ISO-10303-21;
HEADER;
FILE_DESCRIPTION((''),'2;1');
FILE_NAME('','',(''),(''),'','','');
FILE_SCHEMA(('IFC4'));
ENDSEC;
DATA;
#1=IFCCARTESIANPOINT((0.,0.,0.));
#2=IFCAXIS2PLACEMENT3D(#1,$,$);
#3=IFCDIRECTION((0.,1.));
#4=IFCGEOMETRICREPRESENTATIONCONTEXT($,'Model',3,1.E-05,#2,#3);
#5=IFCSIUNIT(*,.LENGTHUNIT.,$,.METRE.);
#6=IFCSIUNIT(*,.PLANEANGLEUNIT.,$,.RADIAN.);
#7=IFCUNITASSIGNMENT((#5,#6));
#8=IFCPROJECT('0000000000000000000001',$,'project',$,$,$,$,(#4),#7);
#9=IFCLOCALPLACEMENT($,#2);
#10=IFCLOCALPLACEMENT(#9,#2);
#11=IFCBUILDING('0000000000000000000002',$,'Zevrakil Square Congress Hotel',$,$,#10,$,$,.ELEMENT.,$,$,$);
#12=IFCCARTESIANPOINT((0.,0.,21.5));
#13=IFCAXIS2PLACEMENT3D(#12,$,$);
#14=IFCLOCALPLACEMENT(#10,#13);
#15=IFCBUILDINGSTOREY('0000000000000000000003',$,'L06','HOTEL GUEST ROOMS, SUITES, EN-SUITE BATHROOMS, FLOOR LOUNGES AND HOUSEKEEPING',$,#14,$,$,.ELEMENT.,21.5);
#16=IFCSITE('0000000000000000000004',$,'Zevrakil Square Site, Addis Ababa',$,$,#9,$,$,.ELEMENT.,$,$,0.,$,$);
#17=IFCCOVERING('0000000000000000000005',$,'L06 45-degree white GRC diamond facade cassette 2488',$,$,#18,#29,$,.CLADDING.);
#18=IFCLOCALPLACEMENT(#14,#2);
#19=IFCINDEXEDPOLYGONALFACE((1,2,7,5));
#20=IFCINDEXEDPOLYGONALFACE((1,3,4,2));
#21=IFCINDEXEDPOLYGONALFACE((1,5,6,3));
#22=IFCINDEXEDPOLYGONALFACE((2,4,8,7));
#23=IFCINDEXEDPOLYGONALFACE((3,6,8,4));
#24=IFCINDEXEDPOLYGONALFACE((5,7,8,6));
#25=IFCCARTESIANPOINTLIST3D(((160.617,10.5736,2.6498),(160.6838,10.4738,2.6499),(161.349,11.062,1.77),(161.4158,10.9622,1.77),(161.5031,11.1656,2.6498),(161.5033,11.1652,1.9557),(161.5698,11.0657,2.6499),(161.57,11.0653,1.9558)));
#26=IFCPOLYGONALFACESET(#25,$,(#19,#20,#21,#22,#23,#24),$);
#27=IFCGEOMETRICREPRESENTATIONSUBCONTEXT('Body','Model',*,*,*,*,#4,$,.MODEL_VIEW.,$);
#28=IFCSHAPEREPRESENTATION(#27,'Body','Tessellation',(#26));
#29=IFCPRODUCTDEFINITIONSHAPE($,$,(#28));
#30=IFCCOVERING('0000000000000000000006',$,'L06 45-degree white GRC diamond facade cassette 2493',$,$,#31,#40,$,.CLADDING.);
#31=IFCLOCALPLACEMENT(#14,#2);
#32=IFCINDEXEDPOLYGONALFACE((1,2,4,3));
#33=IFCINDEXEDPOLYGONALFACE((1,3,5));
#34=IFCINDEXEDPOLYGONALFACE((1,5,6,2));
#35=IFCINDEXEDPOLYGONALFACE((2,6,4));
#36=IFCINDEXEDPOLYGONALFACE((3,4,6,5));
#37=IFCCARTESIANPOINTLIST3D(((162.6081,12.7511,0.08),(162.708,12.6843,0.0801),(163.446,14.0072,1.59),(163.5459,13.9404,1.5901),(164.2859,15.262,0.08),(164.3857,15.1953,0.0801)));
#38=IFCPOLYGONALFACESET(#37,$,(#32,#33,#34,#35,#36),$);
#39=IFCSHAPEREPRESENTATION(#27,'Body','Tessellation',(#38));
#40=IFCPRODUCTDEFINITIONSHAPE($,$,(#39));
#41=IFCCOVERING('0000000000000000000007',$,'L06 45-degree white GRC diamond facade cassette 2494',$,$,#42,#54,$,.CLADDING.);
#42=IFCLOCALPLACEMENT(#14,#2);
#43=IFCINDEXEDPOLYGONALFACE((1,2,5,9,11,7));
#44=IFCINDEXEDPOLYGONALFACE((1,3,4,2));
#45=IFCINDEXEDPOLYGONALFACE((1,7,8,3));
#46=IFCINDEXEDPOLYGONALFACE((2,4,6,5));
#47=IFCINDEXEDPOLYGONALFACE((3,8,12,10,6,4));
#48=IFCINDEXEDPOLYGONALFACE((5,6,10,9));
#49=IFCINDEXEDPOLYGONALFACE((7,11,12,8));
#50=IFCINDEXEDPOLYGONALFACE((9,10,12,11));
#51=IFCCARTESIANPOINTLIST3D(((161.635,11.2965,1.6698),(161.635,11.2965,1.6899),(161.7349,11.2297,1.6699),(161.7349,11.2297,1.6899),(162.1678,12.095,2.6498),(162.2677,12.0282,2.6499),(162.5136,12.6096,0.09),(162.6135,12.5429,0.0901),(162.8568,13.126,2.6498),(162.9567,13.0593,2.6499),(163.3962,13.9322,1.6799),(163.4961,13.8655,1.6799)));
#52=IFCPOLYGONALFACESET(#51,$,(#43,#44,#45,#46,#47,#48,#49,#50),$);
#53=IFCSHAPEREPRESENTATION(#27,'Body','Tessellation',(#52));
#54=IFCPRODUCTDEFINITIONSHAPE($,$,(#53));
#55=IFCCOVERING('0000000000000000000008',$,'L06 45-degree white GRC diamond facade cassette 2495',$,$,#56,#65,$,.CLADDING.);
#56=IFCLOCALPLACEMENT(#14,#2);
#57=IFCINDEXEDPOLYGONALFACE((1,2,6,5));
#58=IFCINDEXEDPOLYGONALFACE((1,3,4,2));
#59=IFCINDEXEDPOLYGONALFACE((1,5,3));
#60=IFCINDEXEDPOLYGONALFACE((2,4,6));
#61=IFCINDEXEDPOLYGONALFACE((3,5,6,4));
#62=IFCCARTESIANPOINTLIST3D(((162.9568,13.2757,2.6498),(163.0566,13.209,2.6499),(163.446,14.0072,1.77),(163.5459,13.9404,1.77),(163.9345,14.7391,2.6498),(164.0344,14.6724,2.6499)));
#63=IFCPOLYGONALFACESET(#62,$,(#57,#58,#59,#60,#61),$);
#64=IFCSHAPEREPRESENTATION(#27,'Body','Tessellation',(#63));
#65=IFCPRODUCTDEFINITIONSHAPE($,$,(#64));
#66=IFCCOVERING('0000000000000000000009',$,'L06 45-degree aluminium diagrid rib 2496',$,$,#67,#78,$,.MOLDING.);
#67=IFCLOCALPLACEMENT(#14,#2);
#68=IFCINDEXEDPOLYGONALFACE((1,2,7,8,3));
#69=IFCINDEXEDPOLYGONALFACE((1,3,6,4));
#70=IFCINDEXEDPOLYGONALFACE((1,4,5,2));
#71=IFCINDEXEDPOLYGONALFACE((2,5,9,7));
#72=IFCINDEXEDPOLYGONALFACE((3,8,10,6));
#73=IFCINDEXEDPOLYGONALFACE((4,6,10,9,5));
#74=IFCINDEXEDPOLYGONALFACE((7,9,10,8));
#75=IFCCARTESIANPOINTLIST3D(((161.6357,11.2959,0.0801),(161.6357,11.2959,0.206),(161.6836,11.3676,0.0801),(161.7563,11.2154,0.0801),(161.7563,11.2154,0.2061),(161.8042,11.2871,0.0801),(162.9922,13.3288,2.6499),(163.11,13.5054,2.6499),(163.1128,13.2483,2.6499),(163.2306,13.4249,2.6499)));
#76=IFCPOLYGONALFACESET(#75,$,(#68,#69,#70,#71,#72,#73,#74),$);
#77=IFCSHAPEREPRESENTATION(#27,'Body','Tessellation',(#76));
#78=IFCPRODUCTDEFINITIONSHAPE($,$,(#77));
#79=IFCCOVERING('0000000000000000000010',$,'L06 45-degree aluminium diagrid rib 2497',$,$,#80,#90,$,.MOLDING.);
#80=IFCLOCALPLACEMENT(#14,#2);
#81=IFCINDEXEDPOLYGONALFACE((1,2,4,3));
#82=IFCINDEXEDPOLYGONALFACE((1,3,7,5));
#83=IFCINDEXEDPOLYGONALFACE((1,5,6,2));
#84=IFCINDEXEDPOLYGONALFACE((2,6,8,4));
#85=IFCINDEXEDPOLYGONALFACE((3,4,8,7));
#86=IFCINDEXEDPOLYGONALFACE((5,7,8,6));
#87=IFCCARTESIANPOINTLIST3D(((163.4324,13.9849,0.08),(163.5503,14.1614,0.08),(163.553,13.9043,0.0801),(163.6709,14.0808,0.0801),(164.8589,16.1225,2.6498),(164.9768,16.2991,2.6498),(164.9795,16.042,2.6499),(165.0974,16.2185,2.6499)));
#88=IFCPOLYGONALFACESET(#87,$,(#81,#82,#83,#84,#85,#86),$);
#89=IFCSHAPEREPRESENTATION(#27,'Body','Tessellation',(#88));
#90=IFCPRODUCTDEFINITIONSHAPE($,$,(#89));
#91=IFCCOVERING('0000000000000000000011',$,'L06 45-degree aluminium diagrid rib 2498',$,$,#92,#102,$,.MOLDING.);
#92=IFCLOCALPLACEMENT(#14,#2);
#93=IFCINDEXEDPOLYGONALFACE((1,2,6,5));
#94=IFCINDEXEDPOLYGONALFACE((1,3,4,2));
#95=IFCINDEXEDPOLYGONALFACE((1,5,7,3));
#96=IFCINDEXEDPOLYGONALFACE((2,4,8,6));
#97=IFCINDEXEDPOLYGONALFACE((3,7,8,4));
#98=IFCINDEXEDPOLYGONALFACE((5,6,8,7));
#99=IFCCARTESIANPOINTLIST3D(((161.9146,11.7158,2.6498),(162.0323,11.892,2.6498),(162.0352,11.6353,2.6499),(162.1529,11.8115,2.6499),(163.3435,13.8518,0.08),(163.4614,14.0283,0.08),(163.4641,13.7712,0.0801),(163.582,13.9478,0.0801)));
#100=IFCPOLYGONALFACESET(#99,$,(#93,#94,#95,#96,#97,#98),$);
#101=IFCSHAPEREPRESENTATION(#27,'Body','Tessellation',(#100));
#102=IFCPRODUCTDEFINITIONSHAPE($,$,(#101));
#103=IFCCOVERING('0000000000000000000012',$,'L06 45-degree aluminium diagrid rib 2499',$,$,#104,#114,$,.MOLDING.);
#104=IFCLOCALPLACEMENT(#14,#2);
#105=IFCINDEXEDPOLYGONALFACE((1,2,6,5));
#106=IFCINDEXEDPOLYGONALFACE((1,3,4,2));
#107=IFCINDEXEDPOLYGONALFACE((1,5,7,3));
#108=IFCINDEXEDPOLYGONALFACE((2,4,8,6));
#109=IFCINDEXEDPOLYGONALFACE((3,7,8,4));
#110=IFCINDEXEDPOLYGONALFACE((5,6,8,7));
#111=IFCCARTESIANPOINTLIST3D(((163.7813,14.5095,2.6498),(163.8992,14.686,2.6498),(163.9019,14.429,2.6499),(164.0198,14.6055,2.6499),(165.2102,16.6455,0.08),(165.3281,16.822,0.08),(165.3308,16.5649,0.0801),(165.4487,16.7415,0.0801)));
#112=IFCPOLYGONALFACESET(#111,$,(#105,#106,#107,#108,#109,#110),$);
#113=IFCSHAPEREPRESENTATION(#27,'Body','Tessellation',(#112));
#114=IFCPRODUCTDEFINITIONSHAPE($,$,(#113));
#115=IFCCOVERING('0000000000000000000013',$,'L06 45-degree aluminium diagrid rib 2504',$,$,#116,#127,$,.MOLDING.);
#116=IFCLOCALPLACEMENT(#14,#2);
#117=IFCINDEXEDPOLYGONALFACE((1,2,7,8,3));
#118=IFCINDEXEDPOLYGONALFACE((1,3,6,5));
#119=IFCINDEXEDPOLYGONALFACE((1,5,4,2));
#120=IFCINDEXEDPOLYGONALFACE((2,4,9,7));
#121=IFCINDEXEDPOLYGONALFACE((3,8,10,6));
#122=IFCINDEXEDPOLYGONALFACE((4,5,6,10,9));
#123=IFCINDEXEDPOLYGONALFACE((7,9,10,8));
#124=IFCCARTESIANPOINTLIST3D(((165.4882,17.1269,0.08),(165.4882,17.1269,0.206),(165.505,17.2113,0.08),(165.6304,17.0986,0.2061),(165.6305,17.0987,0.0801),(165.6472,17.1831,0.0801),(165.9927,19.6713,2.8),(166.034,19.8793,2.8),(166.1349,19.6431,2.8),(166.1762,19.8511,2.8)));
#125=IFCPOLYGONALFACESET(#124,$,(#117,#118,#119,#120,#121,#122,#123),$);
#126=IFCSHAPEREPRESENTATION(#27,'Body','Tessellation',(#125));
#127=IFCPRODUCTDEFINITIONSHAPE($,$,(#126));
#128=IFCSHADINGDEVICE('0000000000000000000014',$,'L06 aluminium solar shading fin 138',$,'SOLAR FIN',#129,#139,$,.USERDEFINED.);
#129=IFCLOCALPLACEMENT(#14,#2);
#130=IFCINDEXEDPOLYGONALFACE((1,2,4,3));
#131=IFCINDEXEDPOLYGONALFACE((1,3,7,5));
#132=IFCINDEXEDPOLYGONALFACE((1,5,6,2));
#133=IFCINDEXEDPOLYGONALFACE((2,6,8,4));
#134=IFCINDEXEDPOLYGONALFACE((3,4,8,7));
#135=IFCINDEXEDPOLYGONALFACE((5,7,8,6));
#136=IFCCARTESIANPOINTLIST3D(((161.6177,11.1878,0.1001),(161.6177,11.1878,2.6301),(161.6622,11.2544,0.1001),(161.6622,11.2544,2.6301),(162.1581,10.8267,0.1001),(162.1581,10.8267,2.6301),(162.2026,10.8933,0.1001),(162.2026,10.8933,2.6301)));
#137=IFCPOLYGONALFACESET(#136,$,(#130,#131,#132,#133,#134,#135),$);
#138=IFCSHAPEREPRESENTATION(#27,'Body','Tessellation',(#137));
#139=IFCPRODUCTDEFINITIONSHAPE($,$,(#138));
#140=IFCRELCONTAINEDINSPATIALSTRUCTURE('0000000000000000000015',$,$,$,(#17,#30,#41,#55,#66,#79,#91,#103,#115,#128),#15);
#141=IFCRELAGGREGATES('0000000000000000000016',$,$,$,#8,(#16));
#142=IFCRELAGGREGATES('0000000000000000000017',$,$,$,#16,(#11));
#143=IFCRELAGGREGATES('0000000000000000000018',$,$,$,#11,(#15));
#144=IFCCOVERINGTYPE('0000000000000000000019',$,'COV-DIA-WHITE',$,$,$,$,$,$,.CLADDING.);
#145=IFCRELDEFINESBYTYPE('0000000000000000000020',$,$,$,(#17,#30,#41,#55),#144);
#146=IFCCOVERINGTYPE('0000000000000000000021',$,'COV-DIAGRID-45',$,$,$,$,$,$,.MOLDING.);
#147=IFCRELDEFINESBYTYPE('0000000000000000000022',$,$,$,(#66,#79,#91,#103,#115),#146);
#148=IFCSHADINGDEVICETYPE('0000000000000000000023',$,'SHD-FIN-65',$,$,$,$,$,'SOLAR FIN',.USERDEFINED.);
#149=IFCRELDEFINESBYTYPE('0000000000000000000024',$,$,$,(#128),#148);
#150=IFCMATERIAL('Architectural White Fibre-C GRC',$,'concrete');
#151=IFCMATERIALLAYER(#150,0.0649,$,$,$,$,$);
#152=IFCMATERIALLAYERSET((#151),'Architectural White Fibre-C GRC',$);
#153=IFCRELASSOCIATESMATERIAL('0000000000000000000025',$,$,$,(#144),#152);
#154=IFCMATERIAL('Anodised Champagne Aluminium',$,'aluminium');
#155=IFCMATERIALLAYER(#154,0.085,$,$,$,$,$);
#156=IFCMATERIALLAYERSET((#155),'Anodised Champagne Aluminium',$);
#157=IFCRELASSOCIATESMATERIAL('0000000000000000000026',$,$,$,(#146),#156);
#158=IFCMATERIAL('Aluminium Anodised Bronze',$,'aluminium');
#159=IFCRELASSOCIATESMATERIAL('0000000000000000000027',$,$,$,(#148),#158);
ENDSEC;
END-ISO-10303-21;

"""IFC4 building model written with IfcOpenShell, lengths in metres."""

from ifc_helpers import new_model, si_unit, direction, frame, origin, origin_2d, place, context, subcontext, project, spatial, polyline, rectangle, outline, extrude, material, layer, layer_set, type_object, element, save


model = new_model("IFC4")

# Units and contexts
model_context = context("Model", 3, precision=1e-05, world=origin(), true_north=direction((0.0, 1.0)))
body_context = subcontext(model_context, "Body", "Model", "MODEL_VIEW")
ifc_project = project(units=[si_unit("LENGTHUNIT", "METRE"), si_unit("PLANEANGLEUNIT", "RADIAN")], contexts=[model_context])

# Site, building, storey
site_placement = place(None, origin())
site = spatial("IfcSite", under=ifc_project, at=site_placement, Name="Zevrakil Square Site, Addis Ababa", CompositionType="ELEMENT", RefElevation=0.0)
building_placement = place(site_placement, origin())
building = spatial("IfcBuilding", under=site, at=building_placement, Name="Zevrakil Square Congress Hotel", CompositionType="ELEMENT")
storey_placement = place(building_placement, frame((0.0, 0.0, 21.5)))
storey = spatial("IfcBuildingStorey", under=building, at=storey_placement, Name="L06", Description="HOTEL GUEST ROOMS, SUITES, EN-SUITE BATHROOMS, FLOOR LOUNGES AND HOUSEKEEPING", CompositionType="ELEMENT", Elevation=21.5)

# Coverings
ifc_material_1 = material(Name="Architectural White Fibre-C GRC", Category="concrete")
ifc_layer_1 = layer(ifc_material_1, 0.0649)
ifc_layer_set_1 = layer_set([ifc_layer_1], Name="Architectural White Fibre-C GRC")
covering_type_1 = type_object("IfcCoveringType", Name="COV-DIA-WHITE", PredefinedType="CLADDING", material=ifc_layer_set_1)
covering_1_placement = place(storey_placement, frame((161.4158, 10.9622, 1.77), z_axis=(0.555485, -0.831526, 0.000571), x_axis=(-0.588238, -0.392476, 0.707063)))
element("IfcCovering", 1, at=covering_1_placement, inside=storey, type_object=covering_type_1, Name="L06 45-degree white GRC diamond facade cassette 2488", PredefinedType="CLADDING", context=body_context, shape_type="SweptSolid", body=[
    extrude(outline(polyline([(0.0, 0.0), (1.2444, 0.0), (0.4909, -0.7534), (0.0002, -0.2626), (0.0, 0.0)])), origin(), (0.0, 0.0, -1.0), 0.1201),
])
covering_2_placement = place(storey_placement, frame((163.5459, 13.9404, 1.5901), z_axis=(0.831477, -0.555558, 0.000762), x_axis=(0.393284, 0.58764, -0.707112)))
element("IfcCovering", 2, at=covering_2_placement, inside=storey, type_object=covering_type_1, Name="L06 45-degree white GRC diamond facade cassette 2493", PredefinedType="CLADDING", context=body_context, shape_type="SweptSolid", body=[
    extrude(outline(polyline([(0.0, 0.0), (2.1355, 0.0), (0.0001, -2.1354), (0.0, 0.0)])), origin(), (0.0, 0.0, -1.0), 0.1201),
])
covering_3_placement = place(storey_placement, frame((163.4961, 13.8655, 1.6799), z_axis=(0.831456, -0.555591, 0.000604), x_axis=(-0.392538, -0.588211, -0.707052)))
element("IfcCovering", 3, at=covering_3_placement, inside=storey, type_object=covering_type_1, Name="L06 45-degree white GRC diamond facade cassette 2494", PredefinedType="CLADDING", context=body_context, shape_type="SweptSolid", body=[
    extrude(outline(polyline([(0.0, 0.0), (2.2486, 0.0), (2.2488, -2.2343), (2.2346, -2.2485), (0.8771, -2.2486), (0.0002, -1.3718), (0.0, 0.0)])), origin(), (0.0, 0.0, -1.0), 0.1201),
])
covering_4_placement = place(storey_placement, frame((163.5459, 13.9404, 1.77), z_axis=(0.831474, -0.555564, 0.0005), x_axis=(-0.393162, -0.58778, 0.707063)))
element("IfcCovering", 4, at=covering_4_placement, inside=storey, type_object=covering_type_1, Name="L06 45-degree white GRC diamond facade cassette 2495", PredefinedType="CLADDING", context=body_context, shape_type="SweptSolid", body=[
    extrude(outline(polyline([(0.0, 0.0), (1.2444, 0.0), (-0.0002, -1.2444), (0.0, 0.0)])), origin(), (0.0, 0.0, -1.0), 0.1201),
])
ifc_material_2 = material(Name="Anodised Champagne Aluminium", Category="aluminium")
ifc_layer_2 = layer(ifc_material_2, 0.085)
ifc_layer_set_2 = layer_set([ifc_layer_2], Name="Anodised Champagne Aluminium")
covering_type_2 = type_object("IfcCoveringType", Name="COV-DIAGRID-45", PredefinedType="MOLDING", material=ifc_layer_set_2)
covering_5_placement = place(storey_placement, frame((161.8042, 11.2871, 0.0801), z_axis=(0.831719, -0.555197, 0.000182), x_axis=(-0.555197, -0.831719, 0.0)))
element("IfcCovering", 5, at=covering_5_placement, inside=storey, type_object=covering_type_2, Name="L06 45-degree aluminium diagrid rib 2496", PredefinedType="MOLDING", context=body_context, shape_type="SweptSolid", body=[
    extrude(outline(polyline([(0.0, 0.0), (0.0863, 0.0), (0.0863, -0.126), (-2.3577, -2.5698), (-2.57, -2.5698), (0.0, 0.0)])), origin(), (0.0, 0.0, -1.0), 0.145),
])
covering_6_placement = place(storey_placement, frame((163.6709, 14.0808, 0.0801), z_axis=(0.831519, -0.555496, 0.000509), x_axis=(-0.555496, -0.831519, 0.0)))
element("IfcCovering", 6, at=covering_6_placement, inside=storey, type_object=covering_type_2, Name="L06 45-degree aluminium diagrid rib 2497", PredefinedType="MOLDING", context=body_context, shape_type="SweptSolid", body=[
    extrude(outline(polyline([(0.0, 0.0), (0.2123, 0.0), (-2.3577, -2.5698), (-2.57, -2.5698), (0.0, 0.0)])), origin(), (0.0, 0.0, -1.0), 0.145),
])
covering_7_placement = place(storey_placement, frame((162.0352, 11.6353, 2.6499), z_axis=(0.831607, -0.555364, 0.000822), x_axis=(0.555364, 0.831607, 0.0)))
element("IfcCovering", 7, at=covering_7_placement, inside=storey, type_object=covering_type_2, Name="L06 45-degree aluminium diagrid rib 2498", PredefinedType="MOLDING", context=body_context, shape_type="SweptSolid", body=[
    extrude(outline(polyline([(0.0, 0.0), (0.2119, 0.0), (2.7822, -2.5698), (2.5699, -2.5698), (0.0, 0.0)])), origin(), (0.0, 0.0, -1.0), 0.145),
])
covering_8_placement = place(storey_placement, frame((163.9019, 14.429, 2.6499), z_axis=(0.831519, -0.555496, 0.00065), x_axis=(0.555496, 0.831519, 0.0)))
element("IfcCovering", 8, at=covering_8_placement, inside=storey, type_object=covering_type_2, Name="L06 45-degree aluminium diagrid rib 2499", PredefinedType="MOLDING", context=body_context, shape_type="SweptSolid", body=[
    extrude(outline(polyline([(0.0, 0.0), (0.2123, 0.0), (2.7822, -2.5698), (2.5699, -2.5698), (0.0, 0.0)])), origin(), (0.0, 0.0, -1.0), 0.145),
])
covering_9_placement = place(storey_placement, frame((165.6472, 17.1831, 0.0801), z_axis=(0.980855, -0.19474, 0.000253), x_axis=(-0.19474, -0.980855, 0.0)))
element("IfcCovering", 9, at=covering_9_placement, inside=storey, type_object=covering_type_2, Name="L06 45-degree aluminium diagrid rib 2504", PredefinedType="MOLDING", context=body_context, shape_type="SweptSolid", body=[
    extrude(outline(polyline([(0.0, 0.0), (0.0861, 0.0), (0.0861, -0.126), (-2.5079, -2.72), (-2.7199, -2.72), (0.0, 0.0)])), origin(), (0.0, 0.0, -1.0), 0.145),
])

# Shading device
ifc_material_3 = material(Name="Aluminium Anodised Bronze", Category="aluminium")
shading_device_type = type_object("IfcShadingDeviceType", Name="SHD-FIN-65", ElementType="SOLAR FIN", PredefinedType="USERDEFINED", material=ifc_material_3)
shading_device_placement = place(storey_placement, frame((161.9102, 11.0405, 0.1001), z_axis=(0.0, 0.0, 1.0), x_axis=(0.83147, -0.55557, 0.0)))
element("IfcShadingDevice", 10, at=shading_device_placement, inside=storey, type_object=shading_device_type, Name="L06 aluminium solar shading fin 138", ObjectType="SOLAR FIN", PredefinedType="USERDEFINED", context=body_context, shape_type="SweptSolid", body=[
    extrude(rectangle(XDim=0.6499, YDim=0.0801, at=origin_2d()), origin(), (0.0, 0.0, 1.0), 2.53),
])

save(model, "model.ifc")
